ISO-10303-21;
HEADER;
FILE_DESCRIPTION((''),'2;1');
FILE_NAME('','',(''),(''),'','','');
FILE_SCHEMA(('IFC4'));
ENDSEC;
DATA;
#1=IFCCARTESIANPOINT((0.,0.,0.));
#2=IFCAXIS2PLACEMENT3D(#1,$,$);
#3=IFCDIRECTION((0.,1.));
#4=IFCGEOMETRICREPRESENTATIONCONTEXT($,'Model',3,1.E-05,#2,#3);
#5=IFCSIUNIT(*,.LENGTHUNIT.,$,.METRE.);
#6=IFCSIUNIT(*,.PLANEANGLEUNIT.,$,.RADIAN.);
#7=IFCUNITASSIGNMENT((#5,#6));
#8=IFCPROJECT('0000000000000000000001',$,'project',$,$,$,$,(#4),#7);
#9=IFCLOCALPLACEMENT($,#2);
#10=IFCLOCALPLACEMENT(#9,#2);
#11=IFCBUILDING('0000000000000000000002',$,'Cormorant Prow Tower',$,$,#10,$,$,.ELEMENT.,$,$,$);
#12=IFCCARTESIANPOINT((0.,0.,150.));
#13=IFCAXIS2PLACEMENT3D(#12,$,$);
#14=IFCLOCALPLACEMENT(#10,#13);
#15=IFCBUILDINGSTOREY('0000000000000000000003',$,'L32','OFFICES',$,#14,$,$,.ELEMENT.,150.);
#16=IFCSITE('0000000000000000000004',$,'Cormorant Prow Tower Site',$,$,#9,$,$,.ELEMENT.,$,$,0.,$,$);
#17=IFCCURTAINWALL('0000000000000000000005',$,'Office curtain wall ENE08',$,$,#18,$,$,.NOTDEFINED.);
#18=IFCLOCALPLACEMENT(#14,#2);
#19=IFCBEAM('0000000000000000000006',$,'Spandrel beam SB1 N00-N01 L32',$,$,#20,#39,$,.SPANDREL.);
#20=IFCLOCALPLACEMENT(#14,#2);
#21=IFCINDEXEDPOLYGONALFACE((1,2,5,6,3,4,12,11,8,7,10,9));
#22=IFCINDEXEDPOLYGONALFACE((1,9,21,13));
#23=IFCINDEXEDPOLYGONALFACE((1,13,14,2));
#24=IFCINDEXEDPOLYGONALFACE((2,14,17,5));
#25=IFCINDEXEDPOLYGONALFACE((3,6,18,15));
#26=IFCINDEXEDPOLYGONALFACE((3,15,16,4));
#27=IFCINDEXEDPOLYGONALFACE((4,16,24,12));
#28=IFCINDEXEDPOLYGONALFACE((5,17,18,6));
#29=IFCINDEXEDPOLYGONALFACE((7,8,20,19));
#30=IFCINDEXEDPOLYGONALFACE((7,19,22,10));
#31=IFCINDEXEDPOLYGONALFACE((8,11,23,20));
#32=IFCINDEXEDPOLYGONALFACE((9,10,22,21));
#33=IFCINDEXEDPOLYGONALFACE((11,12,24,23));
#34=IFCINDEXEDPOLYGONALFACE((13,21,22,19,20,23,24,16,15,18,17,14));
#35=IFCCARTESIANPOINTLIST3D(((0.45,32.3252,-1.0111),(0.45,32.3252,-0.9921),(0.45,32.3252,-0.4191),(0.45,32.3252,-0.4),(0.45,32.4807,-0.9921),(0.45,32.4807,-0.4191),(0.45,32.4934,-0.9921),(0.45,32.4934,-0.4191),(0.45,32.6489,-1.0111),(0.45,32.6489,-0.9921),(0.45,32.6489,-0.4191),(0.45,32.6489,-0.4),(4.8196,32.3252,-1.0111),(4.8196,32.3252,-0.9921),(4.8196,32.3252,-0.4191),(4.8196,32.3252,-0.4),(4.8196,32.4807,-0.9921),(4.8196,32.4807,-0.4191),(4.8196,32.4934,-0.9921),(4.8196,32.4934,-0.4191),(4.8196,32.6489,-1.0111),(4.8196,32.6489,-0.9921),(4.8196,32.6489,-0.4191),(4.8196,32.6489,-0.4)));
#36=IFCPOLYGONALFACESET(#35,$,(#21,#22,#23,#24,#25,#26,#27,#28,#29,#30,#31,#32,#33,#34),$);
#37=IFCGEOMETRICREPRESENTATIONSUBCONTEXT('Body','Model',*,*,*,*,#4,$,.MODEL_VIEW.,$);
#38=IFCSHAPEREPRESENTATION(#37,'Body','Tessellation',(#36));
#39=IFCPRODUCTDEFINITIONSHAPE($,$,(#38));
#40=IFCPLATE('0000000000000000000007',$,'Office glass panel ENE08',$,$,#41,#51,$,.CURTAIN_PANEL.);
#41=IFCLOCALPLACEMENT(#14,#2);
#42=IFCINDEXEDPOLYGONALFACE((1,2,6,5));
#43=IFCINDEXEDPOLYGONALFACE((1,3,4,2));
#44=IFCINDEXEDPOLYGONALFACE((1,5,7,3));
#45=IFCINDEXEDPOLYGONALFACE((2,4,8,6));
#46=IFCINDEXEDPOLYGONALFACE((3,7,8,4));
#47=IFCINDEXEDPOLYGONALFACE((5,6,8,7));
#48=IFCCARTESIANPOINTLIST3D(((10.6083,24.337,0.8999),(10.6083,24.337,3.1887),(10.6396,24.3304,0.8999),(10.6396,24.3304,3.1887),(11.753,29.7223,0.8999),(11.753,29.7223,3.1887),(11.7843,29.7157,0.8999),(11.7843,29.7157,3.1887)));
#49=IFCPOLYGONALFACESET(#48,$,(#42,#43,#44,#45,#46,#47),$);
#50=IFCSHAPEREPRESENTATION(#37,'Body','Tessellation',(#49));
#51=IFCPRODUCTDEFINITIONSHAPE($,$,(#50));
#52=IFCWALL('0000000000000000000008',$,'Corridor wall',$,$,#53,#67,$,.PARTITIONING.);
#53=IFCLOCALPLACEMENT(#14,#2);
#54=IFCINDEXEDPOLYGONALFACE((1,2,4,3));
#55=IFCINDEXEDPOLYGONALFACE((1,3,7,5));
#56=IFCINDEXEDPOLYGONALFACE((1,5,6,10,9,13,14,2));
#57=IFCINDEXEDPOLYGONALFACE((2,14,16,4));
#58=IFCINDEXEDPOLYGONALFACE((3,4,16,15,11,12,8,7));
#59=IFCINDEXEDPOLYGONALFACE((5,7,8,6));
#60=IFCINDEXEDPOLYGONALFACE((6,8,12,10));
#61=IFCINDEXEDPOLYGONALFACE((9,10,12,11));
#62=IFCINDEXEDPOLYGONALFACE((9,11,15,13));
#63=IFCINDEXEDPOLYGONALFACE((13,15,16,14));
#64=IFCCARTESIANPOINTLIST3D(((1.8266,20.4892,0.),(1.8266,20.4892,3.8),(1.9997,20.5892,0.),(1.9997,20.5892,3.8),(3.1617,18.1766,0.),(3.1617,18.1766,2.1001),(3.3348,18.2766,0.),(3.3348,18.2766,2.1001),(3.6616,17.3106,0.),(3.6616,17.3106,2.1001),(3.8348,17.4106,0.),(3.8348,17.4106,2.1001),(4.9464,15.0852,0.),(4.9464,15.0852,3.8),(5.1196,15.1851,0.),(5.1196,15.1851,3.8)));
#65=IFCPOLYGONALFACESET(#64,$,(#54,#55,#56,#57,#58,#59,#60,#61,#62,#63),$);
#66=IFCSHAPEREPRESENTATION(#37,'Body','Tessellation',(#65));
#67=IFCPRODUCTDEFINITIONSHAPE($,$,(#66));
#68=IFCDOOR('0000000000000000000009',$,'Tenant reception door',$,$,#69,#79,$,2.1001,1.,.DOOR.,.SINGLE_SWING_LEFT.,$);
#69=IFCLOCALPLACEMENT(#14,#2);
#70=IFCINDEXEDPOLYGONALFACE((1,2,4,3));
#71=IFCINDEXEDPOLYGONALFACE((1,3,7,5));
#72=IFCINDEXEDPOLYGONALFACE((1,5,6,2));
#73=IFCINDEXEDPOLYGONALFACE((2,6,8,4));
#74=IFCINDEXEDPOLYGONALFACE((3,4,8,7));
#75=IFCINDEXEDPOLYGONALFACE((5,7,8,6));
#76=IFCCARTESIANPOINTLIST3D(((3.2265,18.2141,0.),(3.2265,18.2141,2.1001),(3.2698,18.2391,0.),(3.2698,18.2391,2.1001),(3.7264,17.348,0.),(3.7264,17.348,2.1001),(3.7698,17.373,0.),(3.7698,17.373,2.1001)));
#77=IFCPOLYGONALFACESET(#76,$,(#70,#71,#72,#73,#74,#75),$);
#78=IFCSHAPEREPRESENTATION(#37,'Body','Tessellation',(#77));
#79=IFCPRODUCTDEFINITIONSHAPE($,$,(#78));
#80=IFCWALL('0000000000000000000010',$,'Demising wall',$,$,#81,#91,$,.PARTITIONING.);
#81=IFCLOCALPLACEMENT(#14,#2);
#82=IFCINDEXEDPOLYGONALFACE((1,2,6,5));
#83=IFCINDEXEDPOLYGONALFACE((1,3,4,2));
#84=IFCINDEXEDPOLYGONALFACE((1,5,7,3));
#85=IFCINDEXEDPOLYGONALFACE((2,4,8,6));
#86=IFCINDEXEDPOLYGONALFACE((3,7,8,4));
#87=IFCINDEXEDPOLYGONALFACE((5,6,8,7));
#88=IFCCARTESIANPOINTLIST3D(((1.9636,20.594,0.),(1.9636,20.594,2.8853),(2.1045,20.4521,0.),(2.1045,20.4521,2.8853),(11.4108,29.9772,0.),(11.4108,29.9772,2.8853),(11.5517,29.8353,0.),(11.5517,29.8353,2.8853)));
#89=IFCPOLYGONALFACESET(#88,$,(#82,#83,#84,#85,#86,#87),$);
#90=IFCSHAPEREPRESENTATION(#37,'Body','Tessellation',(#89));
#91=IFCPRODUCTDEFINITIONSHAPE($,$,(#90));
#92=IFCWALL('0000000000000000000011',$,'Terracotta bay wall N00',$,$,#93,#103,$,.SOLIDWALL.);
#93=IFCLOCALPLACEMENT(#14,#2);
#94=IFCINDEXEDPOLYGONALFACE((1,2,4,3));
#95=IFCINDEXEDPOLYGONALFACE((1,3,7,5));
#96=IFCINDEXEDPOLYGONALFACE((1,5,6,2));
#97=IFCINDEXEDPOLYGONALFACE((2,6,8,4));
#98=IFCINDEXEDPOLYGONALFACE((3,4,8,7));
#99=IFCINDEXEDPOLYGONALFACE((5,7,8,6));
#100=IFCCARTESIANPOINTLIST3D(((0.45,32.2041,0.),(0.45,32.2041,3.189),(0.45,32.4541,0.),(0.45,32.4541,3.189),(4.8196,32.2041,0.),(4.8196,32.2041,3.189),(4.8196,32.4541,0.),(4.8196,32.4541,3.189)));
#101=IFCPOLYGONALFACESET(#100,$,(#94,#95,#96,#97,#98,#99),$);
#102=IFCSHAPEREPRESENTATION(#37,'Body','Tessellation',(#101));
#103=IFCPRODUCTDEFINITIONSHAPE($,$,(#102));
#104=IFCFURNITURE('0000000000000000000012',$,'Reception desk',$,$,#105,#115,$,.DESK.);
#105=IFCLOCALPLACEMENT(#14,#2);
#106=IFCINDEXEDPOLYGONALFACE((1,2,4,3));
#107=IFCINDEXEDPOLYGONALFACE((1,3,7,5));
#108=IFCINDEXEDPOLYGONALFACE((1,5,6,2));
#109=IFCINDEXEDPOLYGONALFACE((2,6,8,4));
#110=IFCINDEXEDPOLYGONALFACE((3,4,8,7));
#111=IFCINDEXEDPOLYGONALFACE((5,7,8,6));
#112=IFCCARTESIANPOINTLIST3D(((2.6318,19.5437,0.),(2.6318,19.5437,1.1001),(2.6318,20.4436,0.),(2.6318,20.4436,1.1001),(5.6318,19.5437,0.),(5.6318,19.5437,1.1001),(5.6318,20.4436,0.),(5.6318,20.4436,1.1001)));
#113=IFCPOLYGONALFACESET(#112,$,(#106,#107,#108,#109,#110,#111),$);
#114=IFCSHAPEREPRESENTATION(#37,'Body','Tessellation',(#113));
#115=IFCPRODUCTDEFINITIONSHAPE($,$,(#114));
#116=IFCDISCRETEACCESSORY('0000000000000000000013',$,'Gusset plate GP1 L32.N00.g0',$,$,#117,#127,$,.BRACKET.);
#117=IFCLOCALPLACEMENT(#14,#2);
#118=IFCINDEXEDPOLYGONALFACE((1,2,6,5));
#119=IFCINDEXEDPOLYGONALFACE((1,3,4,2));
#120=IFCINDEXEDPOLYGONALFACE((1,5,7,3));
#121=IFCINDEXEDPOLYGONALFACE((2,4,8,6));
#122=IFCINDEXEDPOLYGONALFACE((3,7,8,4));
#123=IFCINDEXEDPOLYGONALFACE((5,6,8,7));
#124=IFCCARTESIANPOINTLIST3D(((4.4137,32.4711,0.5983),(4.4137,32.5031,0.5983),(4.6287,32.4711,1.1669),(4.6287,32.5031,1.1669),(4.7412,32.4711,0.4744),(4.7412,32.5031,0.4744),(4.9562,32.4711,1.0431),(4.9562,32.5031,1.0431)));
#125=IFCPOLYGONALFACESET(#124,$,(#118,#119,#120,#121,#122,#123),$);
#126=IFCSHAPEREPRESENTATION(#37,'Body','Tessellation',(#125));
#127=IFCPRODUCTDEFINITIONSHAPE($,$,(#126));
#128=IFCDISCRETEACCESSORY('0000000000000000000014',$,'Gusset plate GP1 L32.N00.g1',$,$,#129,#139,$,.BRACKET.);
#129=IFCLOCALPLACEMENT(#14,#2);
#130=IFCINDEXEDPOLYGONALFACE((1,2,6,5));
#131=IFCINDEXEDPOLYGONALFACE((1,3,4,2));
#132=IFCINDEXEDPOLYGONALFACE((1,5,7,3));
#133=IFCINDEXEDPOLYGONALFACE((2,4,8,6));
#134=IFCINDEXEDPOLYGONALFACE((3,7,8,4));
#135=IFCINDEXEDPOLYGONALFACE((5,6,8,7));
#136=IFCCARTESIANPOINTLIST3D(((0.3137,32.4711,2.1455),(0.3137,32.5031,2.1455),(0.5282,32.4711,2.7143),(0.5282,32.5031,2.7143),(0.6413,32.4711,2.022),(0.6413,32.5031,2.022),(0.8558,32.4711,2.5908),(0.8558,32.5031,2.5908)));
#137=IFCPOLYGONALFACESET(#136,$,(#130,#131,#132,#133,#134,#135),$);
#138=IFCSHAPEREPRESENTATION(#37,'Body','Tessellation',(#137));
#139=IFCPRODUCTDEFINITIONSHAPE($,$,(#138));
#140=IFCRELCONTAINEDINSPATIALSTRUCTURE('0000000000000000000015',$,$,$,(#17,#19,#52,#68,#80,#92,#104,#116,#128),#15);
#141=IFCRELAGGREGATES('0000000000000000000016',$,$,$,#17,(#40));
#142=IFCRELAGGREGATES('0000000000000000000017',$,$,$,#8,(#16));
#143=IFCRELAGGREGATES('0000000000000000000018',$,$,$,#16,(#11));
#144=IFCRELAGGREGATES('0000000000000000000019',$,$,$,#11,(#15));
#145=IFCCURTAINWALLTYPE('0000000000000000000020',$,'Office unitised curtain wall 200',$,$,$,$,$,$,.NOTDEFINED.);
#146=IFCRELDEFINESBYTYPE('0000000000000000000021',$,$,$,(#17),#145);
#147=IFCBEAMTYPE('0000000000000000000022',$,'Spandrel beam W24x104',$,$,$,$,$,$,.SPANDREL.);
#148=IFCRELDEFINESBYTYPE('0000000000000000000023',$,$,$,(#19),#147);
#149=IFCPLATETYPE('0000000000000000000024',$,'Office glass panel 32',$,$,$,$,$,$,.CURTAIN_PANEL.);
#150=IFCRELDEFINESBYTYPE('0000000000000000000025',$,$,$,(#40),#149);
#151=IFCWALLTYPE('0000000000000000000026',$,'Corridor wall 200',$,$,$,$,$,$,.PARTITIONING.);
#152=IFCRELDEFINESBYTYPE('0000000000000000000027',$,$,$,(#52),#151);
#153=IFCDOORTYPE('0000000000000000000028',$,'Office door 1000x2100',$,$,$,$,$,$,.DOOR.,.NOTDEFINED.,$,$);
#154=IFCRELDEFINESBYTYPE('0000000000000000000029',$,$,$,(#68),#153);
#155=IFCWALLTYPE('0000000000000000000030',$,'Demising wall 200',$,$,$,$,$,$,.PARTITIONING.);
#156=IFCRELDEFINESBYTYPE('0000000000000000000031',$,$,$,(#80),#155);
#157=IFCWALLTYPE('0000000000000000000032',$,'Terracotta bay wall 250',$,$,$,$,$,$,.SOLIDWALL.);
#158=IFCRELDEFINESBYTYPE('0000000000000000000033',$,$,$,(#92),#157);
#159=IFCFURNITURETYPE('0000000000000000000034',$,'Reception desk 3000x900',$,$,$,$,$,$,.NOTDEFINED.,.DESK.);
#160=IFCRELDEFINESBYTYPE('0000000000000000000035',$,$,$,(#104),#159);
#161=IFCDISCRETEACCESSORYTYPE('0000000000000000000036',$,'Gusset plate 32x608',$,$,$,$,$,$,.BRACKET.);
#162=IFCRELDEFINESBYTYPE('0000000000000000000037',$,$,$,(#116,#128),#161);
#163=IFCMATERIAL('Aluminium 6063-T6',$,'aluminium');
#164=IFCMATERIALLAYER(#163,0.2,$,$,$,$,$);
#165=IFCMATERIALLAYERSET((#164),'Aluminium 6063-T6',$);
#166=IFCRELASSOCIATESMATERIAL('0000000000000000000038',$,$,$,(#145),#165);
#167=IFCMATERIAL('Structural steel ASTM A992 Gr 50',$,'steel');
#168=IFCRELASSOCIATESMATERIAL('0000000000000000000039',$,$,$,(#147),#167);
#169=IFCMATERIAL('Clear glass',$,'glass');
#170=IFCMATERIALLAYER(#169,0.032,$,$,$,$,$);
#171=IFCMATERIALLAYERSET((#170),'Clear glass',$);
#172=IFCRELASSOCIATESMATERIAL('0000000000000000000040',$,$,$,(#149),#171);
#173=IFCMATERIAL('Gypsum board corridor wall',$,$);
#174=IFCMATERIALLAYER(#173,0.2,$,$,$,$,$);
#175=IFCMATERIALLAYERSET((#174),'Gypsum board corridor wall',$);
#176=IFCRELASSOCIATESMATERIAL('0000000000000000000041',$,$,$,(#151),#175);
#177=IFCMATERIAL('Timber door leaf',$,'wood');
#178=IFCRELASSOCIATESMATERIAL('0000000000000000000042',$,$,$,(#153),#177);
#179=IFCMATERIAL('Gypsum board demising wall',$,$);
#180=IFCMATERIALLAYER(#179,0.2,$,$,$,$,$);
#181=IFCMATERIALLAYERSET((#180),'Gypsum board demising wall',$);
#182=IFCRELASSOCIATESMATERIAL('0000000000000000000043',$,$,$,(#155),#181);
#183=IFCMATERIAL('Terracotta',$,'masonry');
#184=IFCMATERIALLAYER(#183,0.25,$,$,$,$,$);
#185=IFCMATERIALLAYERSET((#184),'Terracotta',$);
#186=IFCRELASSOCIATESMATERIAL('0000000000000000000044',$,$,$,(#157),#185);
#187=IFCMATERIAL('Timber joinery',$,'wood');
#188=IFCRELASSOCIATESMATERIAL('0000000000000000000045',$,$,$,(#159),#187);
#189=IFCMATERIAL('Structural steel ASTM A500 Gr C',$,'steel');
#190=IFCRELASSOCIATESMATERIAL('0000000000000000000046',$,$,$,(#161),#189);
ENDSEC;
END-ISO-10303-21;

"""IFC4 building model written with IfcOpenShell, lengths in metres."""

from ifc_helpers import new_model, si_unit, direction, frame, frame_2d, origin, origin_2d, place, context, subcontext, project, spatial, rectangle, i_section, extrude, material, layer, layer_set, material_profile, profile_set, type_object, element, fill, aggregate, save


model = new_model("IFC4")

# Units and contexts
model_context = context("Model", 3, precision=1e-05, world=origin(), true_north=direction((0.0, 1.0)))
body_context = subcontext(model_context, "Body", "Model", "MODEL_VIEW")
ifc_project = project(units=[si_unit("LENGTHUNIT", "METRE"), si_unit("PLANEANGLEUNIT", "RADIAN")], contexts=[model_context])

# Site, building, storey
site_placement = place(None, origin())
site = spatial("IfcSite", under=ifc_project, at=site_placement, Name="Cormorant Prow Tower Site", CompositionType="ELEMENT", RefElevation=0.0)
building_placement = place(site_placement, origin())
building = spatial("IfcBuilding", under=site, at=building_placement, Name="Cormorant Prow Tower", CompositionType="ELEMENT")
storey_placement = place(building_placement, frame((0.0, 0.0, 150.0)))
storey = spatial("IfcBuildingStorey", under=building, at=storey_placement, Name="L32", Description="OFFICES", CompositionType="ELEMENT", Elevation=150.0)

# Curtain wall
ifc_material_1 = material(Name="Aluminium 6063-T6", Category="aluminium")
ifc_layer_1 = layer(ifc_material_1, 0.2)
ifc_layer_set_1 = layer_set([ifc_layer_1], Name="Aluminium 6063-T6")
curtain_wall_type = type_object("IfcCurtainWallType", Name="Office unitised curtain wall 200", PredefinedType="NOTDEFINED", material=ifc_layer_set_1)
curtain_wall_placement = place(storey_placement, origin())
curtain_wall = element("IfcCurtainWall", 1, at=curtain_wall_placement, inside=storey, type_object=curtain_wall_type, Name="Office curtain wall ENE08", PredefinedType="NOTDEFINED")

# Beam
ifc_material_2 = material(Name="Structural steel ASTM A992 Gr 50", Category="steel")
ifc_material_profile_1 = material_profile(ifc_material_2, i_section(OverallWidth=0.3237, OverallDepth=0.6111, WebThickness=0.0127, FlangeThickness=0.019, at=origin_2d()), Name="W24x104")
ifc_profile_set_1 = profile_set([ifc_material_profile_1], Name="Structural steel ASTM A992 Gr 50")
beam_type = type_object("IfcBeamType", Name="Spandrel beam W24x104", PredefinedType="SPANDREL", material=ifc_profile_set_1)
beam_1_placement = place(storey_placement, frame((4.8196, 32.4871, -0.7056), z_axis=(-1.0, 0.0, 0.0), x_axis=(0.0, -1.0, 0.0)))
element("IfcBeam", 2, at=beam_1_placement, inside=storey, type_object=beam_type, Name="Spandrel beam SB1 N00-N01 L32", PredefinedType="SPANDREL", context=body_context, shape_type="SweptSolid", body=[
    extrude(i_section(OverallWidth=0.3237, OverallDepth=0.6111, WebThickness=0.0127, FlangeThickness=0.019, at=origin_2d()), origin(), (0.0, 0.0, 1.0), 4.3696),
])

# Plate
ifc_material_3 = material(Name="Clear glass", Category="glass")
ifc_layer_2 = layer(ifc_material_3, 0.032)
ifc_layer_set_2 = layer_set([ifc_layer_2], Name="Clear glass")
plate_type = type_object("IfcPlateType", Name="Office glass panel 32", PredefinedType="CURTAIN_PANEL", material=ifc_layer_set_2)
plate_placement = place(storey_placement, frame((11.1963, 27.0264, 0.8999), z_axis=(0.0, 0.0, 1.0), x_axis=(0.207912, 0.978148, 0.0)))
plate = element("IfcPlate", 3, at=plate_placement, type_object=plate_type, Name="Office glass panel ENE08", PredefinedType="CURTAIN_PANEL", context=body_context, shape_type="SweptSolid", body=[
    extrude(rectangle(XDim=5.5056, YDim=0.032, at=origin_2d()), origin(), (0.0, 0.0, 1.0), 2.2888),
])
aggregate(curtain_wall, [plate])

# Wall, opening, door
ifc_material_4 = material(Name="Gypsum board corridor wall")
ifc_layer_3 = layer(ifc_material_4, 0.2)
ifc_layer_set_3 = layer_set([ifc_layer_3], Name="Gypsum board corridor wall")
wall_type_1 = type_object("IfcWallType", Name="Corridor wall 200", PredefinedType="PARTITIONING", material=ifc_layer_set_3)
wall_1_placement = place(storey_placement, frame((1.9131, 20.5393, 0.0), z_axis=(0.0, 0.0, 1.0), x_axis=(0.499981, -0.866036, 0.0)))
wall_1 = element("IfcWall", 4, at=wall_1_placement, inside=storey, type_object=wall_type_1, Name="Corridor wall", PredefinedType="PARTITIONING", context=body_context, shape_type="SweptSolid", body=[
    extrude(rectangle(XDim=6.24, YDim=0.2, at=frame_2d((3.1201, 0.0))), origin(), (0.0, 0.0, 1.0), 3.8),
])
opening_1_placement = place(wall_1_placement, frame((2.6704, 0.0, 0.0)))
opening_1 = element("IfcOpeningElement", 5, at=opening_1_placement, cuts=wall_1, PredefinedType="OPENING", context=body_context, shape_type="SweptSolid", body=[
    extrude(rectangle(XDim=1.0, YDim=2.1001, at=frame_2d((0.5, 1.05))), frame((0.0, 0.1099, 0.0), z_axis=(0.0, -1.0, 0.0), x_axis=(1.0, 0.0, 0.0)), (0.0, 0.0, 1.0), 0.22),
])
ifc_material_5 = material(Name="Timber door leaf", Category="wood")
door_type_1 = type_object("IfcDoorType", Name="Office door 1000x2100", OperationType="NOTDEFINED", PredefinedType="DOOR", material=ifc_material_5)
door_1_placement = place(opening_1_placement, origin())
door_1 = element("IfcDoor", 6, at=door_1_placement, inside=storey, type_object=door_type_1, Name="Tenant reception door", OperationType="SINGLE_SWING_LEFT", OverallHeight=2.1001, OverallWidth=1.0, PredefinedType="DOOR", context=body_context, shape_type="SweptSolid", body=[
    extrude(rectangle(XDim=1.0, YDim=2.1001, at=frame_2d((0.5, 1.05))), frame((0.0, 0.0249, 0.0), z_axis=(0.0, -1.0, 0.0), x_axis=(1.0, 0.0, 0.0)), (0.0, 0.0, 1.0), 0.05),
])
fill(opening_1, door_1)

# Walls
ifc_material_6 = material(Name="Gypsum board demising wall")
ifc_layer_4 = layer(ifc_material_6, 0.2)
ifc_layer_set_4 = layer_set([ifc_layer_4], Name="Gypsum board demising wall")
wall_type_2 = type_object("IfcWallType", Name="Demising wall 200", PredefinedType="PARTITIONING", material=ifc_layer_set_4)
wall_2_placement = place(storey_placement, frame((2.0339, 20.5229, 0.0), z_axis=(0.0, 0.0, 1.0), x_axis=(0.709505, 0.704701, 0.0)))
element("IfcWall", 7, at=wall_2_placement, inside=storey, type_object=wall_type_2, Name="Demising wall", PredefinedType="PARTITIONING", context=body_context, shape_type="SweptSolid", body=[
    extrude(rectangle(XDim=13.3152, YDim=0.2, at=frame_2d((6.6577, 0.0))), origin(), (0.0, 0.0, 1.0), 2.8853),
])
ifc_material_7 = material(Name="Terracotta", Category="masonry")
ifc_layer_5 = layer(ifc_material_7, 0.25)
ifc_layer_set_5 = layer_set([ifc_layer_5], Name="Terracotta")
wall_type_3 = type_object("IfcWallType", Name="Terracotta bay wall 250", PredefinedType="SOLIDWALL", material=ifc_layer_set_5)
wall_3_placement = place(storey_placement, frame((4.8196, 32.3291, 0.0), z_axis=(0.0, 0.0, 1.0), x_axis=(-1.0, 0.0, 0.0)))
element("IfcWall", 8, at=wall_3_placement, inside=storey, type_object=wall_type_3, Name="Terracotta bay wall N00", PredefinedType="SOLIDWALL", context=body_context, shape_type="SweptSolid", body=[
    extrude(rectangle(XDim=4.3696, YDim=0.25, at=frame_2d((2.1848, 0.0))), origin(), (0.0, 0.0, 1.0), 3.189),
])

# Furniture
ifc_material_8 = material(Name="Timber joinery", Category="wood")
furniture_type = type_object("IfcFurnitureType", Name="Reception desk 3000x900", AssemblyPlace="NOTDEFINED", PredefinedType="DESK", material=ifc_material_8)
furniture_placement = place(storey_placement, frame((4.1318, 19.9937, 0.0), z_axis=(0.0, 0.0, 1.0), x_axis=(1.0, 0.0, 0.0)))
element("IfcFurniture", 9, at=furniture_placement, inside=storey, type_object=furniture_type, Name="Reception desk", PredefinedType="DESK", context=body_context, shape_type="SweptSolid", body=[
    extrude(rectangle(XDim=3.0, YDim=0.8999, at=origin_2d()), origin(), (0.0, 0.0, 1.0), 1.1001),
])

# Discrete accessories
ifc_material_9 = material(Name="Structural steel ASTM A500 Gr C", Category="steel")
ifc_material_profile_2 = material_profile(ifc_material_9, rectangle(XDim=0.032, YDim=0.6079, at=origin_2d()), Name="Gusset plate 32x608")
ifc_profile_set_2 = profile_set([ifc_material_profile_2], Name="Structural steel ASTM A500 Gr C")
discrete_accessory_type = type_object("IfcDiscreteAccessoryType", Name="Gusset plate 32x608", PredefinedType="BRACKET", material=ifc_profile_set_2)
for number, where, z_axis, x_axis, name in (
    (10, (4.5212, 32.4871, 0.8826), (0.93538, 0.0, -0.353645), (0.0, 1.0, 0.0), "Gusset plate GP1 L32.N00.g0"),
    (11, (0.7485, 32.4871, 2.3064), (-0.935697, 0.0, 0.352804), (0.0, -1.0, 0.0), "Gusset plate GP1 L32.N00.g1"),
):
    element("IfcDiscreteAccessory", number, at=place(storey_placement, frame(where, z_axis=z_axis, x_axis=x_axis)), inside=storey, type_object=discrete_accessory_type, Name=name, PredefinedType="BRACKET", context=body_context, shape_type="SweptSolid", body=[
        extrude(rectangle(XDim=0.032, YDim=0.6079, at=origin_2d()), origin(), (0.0, 0.0, 1.0), 0.3501),
    ])

save(model, "model.ifc")
